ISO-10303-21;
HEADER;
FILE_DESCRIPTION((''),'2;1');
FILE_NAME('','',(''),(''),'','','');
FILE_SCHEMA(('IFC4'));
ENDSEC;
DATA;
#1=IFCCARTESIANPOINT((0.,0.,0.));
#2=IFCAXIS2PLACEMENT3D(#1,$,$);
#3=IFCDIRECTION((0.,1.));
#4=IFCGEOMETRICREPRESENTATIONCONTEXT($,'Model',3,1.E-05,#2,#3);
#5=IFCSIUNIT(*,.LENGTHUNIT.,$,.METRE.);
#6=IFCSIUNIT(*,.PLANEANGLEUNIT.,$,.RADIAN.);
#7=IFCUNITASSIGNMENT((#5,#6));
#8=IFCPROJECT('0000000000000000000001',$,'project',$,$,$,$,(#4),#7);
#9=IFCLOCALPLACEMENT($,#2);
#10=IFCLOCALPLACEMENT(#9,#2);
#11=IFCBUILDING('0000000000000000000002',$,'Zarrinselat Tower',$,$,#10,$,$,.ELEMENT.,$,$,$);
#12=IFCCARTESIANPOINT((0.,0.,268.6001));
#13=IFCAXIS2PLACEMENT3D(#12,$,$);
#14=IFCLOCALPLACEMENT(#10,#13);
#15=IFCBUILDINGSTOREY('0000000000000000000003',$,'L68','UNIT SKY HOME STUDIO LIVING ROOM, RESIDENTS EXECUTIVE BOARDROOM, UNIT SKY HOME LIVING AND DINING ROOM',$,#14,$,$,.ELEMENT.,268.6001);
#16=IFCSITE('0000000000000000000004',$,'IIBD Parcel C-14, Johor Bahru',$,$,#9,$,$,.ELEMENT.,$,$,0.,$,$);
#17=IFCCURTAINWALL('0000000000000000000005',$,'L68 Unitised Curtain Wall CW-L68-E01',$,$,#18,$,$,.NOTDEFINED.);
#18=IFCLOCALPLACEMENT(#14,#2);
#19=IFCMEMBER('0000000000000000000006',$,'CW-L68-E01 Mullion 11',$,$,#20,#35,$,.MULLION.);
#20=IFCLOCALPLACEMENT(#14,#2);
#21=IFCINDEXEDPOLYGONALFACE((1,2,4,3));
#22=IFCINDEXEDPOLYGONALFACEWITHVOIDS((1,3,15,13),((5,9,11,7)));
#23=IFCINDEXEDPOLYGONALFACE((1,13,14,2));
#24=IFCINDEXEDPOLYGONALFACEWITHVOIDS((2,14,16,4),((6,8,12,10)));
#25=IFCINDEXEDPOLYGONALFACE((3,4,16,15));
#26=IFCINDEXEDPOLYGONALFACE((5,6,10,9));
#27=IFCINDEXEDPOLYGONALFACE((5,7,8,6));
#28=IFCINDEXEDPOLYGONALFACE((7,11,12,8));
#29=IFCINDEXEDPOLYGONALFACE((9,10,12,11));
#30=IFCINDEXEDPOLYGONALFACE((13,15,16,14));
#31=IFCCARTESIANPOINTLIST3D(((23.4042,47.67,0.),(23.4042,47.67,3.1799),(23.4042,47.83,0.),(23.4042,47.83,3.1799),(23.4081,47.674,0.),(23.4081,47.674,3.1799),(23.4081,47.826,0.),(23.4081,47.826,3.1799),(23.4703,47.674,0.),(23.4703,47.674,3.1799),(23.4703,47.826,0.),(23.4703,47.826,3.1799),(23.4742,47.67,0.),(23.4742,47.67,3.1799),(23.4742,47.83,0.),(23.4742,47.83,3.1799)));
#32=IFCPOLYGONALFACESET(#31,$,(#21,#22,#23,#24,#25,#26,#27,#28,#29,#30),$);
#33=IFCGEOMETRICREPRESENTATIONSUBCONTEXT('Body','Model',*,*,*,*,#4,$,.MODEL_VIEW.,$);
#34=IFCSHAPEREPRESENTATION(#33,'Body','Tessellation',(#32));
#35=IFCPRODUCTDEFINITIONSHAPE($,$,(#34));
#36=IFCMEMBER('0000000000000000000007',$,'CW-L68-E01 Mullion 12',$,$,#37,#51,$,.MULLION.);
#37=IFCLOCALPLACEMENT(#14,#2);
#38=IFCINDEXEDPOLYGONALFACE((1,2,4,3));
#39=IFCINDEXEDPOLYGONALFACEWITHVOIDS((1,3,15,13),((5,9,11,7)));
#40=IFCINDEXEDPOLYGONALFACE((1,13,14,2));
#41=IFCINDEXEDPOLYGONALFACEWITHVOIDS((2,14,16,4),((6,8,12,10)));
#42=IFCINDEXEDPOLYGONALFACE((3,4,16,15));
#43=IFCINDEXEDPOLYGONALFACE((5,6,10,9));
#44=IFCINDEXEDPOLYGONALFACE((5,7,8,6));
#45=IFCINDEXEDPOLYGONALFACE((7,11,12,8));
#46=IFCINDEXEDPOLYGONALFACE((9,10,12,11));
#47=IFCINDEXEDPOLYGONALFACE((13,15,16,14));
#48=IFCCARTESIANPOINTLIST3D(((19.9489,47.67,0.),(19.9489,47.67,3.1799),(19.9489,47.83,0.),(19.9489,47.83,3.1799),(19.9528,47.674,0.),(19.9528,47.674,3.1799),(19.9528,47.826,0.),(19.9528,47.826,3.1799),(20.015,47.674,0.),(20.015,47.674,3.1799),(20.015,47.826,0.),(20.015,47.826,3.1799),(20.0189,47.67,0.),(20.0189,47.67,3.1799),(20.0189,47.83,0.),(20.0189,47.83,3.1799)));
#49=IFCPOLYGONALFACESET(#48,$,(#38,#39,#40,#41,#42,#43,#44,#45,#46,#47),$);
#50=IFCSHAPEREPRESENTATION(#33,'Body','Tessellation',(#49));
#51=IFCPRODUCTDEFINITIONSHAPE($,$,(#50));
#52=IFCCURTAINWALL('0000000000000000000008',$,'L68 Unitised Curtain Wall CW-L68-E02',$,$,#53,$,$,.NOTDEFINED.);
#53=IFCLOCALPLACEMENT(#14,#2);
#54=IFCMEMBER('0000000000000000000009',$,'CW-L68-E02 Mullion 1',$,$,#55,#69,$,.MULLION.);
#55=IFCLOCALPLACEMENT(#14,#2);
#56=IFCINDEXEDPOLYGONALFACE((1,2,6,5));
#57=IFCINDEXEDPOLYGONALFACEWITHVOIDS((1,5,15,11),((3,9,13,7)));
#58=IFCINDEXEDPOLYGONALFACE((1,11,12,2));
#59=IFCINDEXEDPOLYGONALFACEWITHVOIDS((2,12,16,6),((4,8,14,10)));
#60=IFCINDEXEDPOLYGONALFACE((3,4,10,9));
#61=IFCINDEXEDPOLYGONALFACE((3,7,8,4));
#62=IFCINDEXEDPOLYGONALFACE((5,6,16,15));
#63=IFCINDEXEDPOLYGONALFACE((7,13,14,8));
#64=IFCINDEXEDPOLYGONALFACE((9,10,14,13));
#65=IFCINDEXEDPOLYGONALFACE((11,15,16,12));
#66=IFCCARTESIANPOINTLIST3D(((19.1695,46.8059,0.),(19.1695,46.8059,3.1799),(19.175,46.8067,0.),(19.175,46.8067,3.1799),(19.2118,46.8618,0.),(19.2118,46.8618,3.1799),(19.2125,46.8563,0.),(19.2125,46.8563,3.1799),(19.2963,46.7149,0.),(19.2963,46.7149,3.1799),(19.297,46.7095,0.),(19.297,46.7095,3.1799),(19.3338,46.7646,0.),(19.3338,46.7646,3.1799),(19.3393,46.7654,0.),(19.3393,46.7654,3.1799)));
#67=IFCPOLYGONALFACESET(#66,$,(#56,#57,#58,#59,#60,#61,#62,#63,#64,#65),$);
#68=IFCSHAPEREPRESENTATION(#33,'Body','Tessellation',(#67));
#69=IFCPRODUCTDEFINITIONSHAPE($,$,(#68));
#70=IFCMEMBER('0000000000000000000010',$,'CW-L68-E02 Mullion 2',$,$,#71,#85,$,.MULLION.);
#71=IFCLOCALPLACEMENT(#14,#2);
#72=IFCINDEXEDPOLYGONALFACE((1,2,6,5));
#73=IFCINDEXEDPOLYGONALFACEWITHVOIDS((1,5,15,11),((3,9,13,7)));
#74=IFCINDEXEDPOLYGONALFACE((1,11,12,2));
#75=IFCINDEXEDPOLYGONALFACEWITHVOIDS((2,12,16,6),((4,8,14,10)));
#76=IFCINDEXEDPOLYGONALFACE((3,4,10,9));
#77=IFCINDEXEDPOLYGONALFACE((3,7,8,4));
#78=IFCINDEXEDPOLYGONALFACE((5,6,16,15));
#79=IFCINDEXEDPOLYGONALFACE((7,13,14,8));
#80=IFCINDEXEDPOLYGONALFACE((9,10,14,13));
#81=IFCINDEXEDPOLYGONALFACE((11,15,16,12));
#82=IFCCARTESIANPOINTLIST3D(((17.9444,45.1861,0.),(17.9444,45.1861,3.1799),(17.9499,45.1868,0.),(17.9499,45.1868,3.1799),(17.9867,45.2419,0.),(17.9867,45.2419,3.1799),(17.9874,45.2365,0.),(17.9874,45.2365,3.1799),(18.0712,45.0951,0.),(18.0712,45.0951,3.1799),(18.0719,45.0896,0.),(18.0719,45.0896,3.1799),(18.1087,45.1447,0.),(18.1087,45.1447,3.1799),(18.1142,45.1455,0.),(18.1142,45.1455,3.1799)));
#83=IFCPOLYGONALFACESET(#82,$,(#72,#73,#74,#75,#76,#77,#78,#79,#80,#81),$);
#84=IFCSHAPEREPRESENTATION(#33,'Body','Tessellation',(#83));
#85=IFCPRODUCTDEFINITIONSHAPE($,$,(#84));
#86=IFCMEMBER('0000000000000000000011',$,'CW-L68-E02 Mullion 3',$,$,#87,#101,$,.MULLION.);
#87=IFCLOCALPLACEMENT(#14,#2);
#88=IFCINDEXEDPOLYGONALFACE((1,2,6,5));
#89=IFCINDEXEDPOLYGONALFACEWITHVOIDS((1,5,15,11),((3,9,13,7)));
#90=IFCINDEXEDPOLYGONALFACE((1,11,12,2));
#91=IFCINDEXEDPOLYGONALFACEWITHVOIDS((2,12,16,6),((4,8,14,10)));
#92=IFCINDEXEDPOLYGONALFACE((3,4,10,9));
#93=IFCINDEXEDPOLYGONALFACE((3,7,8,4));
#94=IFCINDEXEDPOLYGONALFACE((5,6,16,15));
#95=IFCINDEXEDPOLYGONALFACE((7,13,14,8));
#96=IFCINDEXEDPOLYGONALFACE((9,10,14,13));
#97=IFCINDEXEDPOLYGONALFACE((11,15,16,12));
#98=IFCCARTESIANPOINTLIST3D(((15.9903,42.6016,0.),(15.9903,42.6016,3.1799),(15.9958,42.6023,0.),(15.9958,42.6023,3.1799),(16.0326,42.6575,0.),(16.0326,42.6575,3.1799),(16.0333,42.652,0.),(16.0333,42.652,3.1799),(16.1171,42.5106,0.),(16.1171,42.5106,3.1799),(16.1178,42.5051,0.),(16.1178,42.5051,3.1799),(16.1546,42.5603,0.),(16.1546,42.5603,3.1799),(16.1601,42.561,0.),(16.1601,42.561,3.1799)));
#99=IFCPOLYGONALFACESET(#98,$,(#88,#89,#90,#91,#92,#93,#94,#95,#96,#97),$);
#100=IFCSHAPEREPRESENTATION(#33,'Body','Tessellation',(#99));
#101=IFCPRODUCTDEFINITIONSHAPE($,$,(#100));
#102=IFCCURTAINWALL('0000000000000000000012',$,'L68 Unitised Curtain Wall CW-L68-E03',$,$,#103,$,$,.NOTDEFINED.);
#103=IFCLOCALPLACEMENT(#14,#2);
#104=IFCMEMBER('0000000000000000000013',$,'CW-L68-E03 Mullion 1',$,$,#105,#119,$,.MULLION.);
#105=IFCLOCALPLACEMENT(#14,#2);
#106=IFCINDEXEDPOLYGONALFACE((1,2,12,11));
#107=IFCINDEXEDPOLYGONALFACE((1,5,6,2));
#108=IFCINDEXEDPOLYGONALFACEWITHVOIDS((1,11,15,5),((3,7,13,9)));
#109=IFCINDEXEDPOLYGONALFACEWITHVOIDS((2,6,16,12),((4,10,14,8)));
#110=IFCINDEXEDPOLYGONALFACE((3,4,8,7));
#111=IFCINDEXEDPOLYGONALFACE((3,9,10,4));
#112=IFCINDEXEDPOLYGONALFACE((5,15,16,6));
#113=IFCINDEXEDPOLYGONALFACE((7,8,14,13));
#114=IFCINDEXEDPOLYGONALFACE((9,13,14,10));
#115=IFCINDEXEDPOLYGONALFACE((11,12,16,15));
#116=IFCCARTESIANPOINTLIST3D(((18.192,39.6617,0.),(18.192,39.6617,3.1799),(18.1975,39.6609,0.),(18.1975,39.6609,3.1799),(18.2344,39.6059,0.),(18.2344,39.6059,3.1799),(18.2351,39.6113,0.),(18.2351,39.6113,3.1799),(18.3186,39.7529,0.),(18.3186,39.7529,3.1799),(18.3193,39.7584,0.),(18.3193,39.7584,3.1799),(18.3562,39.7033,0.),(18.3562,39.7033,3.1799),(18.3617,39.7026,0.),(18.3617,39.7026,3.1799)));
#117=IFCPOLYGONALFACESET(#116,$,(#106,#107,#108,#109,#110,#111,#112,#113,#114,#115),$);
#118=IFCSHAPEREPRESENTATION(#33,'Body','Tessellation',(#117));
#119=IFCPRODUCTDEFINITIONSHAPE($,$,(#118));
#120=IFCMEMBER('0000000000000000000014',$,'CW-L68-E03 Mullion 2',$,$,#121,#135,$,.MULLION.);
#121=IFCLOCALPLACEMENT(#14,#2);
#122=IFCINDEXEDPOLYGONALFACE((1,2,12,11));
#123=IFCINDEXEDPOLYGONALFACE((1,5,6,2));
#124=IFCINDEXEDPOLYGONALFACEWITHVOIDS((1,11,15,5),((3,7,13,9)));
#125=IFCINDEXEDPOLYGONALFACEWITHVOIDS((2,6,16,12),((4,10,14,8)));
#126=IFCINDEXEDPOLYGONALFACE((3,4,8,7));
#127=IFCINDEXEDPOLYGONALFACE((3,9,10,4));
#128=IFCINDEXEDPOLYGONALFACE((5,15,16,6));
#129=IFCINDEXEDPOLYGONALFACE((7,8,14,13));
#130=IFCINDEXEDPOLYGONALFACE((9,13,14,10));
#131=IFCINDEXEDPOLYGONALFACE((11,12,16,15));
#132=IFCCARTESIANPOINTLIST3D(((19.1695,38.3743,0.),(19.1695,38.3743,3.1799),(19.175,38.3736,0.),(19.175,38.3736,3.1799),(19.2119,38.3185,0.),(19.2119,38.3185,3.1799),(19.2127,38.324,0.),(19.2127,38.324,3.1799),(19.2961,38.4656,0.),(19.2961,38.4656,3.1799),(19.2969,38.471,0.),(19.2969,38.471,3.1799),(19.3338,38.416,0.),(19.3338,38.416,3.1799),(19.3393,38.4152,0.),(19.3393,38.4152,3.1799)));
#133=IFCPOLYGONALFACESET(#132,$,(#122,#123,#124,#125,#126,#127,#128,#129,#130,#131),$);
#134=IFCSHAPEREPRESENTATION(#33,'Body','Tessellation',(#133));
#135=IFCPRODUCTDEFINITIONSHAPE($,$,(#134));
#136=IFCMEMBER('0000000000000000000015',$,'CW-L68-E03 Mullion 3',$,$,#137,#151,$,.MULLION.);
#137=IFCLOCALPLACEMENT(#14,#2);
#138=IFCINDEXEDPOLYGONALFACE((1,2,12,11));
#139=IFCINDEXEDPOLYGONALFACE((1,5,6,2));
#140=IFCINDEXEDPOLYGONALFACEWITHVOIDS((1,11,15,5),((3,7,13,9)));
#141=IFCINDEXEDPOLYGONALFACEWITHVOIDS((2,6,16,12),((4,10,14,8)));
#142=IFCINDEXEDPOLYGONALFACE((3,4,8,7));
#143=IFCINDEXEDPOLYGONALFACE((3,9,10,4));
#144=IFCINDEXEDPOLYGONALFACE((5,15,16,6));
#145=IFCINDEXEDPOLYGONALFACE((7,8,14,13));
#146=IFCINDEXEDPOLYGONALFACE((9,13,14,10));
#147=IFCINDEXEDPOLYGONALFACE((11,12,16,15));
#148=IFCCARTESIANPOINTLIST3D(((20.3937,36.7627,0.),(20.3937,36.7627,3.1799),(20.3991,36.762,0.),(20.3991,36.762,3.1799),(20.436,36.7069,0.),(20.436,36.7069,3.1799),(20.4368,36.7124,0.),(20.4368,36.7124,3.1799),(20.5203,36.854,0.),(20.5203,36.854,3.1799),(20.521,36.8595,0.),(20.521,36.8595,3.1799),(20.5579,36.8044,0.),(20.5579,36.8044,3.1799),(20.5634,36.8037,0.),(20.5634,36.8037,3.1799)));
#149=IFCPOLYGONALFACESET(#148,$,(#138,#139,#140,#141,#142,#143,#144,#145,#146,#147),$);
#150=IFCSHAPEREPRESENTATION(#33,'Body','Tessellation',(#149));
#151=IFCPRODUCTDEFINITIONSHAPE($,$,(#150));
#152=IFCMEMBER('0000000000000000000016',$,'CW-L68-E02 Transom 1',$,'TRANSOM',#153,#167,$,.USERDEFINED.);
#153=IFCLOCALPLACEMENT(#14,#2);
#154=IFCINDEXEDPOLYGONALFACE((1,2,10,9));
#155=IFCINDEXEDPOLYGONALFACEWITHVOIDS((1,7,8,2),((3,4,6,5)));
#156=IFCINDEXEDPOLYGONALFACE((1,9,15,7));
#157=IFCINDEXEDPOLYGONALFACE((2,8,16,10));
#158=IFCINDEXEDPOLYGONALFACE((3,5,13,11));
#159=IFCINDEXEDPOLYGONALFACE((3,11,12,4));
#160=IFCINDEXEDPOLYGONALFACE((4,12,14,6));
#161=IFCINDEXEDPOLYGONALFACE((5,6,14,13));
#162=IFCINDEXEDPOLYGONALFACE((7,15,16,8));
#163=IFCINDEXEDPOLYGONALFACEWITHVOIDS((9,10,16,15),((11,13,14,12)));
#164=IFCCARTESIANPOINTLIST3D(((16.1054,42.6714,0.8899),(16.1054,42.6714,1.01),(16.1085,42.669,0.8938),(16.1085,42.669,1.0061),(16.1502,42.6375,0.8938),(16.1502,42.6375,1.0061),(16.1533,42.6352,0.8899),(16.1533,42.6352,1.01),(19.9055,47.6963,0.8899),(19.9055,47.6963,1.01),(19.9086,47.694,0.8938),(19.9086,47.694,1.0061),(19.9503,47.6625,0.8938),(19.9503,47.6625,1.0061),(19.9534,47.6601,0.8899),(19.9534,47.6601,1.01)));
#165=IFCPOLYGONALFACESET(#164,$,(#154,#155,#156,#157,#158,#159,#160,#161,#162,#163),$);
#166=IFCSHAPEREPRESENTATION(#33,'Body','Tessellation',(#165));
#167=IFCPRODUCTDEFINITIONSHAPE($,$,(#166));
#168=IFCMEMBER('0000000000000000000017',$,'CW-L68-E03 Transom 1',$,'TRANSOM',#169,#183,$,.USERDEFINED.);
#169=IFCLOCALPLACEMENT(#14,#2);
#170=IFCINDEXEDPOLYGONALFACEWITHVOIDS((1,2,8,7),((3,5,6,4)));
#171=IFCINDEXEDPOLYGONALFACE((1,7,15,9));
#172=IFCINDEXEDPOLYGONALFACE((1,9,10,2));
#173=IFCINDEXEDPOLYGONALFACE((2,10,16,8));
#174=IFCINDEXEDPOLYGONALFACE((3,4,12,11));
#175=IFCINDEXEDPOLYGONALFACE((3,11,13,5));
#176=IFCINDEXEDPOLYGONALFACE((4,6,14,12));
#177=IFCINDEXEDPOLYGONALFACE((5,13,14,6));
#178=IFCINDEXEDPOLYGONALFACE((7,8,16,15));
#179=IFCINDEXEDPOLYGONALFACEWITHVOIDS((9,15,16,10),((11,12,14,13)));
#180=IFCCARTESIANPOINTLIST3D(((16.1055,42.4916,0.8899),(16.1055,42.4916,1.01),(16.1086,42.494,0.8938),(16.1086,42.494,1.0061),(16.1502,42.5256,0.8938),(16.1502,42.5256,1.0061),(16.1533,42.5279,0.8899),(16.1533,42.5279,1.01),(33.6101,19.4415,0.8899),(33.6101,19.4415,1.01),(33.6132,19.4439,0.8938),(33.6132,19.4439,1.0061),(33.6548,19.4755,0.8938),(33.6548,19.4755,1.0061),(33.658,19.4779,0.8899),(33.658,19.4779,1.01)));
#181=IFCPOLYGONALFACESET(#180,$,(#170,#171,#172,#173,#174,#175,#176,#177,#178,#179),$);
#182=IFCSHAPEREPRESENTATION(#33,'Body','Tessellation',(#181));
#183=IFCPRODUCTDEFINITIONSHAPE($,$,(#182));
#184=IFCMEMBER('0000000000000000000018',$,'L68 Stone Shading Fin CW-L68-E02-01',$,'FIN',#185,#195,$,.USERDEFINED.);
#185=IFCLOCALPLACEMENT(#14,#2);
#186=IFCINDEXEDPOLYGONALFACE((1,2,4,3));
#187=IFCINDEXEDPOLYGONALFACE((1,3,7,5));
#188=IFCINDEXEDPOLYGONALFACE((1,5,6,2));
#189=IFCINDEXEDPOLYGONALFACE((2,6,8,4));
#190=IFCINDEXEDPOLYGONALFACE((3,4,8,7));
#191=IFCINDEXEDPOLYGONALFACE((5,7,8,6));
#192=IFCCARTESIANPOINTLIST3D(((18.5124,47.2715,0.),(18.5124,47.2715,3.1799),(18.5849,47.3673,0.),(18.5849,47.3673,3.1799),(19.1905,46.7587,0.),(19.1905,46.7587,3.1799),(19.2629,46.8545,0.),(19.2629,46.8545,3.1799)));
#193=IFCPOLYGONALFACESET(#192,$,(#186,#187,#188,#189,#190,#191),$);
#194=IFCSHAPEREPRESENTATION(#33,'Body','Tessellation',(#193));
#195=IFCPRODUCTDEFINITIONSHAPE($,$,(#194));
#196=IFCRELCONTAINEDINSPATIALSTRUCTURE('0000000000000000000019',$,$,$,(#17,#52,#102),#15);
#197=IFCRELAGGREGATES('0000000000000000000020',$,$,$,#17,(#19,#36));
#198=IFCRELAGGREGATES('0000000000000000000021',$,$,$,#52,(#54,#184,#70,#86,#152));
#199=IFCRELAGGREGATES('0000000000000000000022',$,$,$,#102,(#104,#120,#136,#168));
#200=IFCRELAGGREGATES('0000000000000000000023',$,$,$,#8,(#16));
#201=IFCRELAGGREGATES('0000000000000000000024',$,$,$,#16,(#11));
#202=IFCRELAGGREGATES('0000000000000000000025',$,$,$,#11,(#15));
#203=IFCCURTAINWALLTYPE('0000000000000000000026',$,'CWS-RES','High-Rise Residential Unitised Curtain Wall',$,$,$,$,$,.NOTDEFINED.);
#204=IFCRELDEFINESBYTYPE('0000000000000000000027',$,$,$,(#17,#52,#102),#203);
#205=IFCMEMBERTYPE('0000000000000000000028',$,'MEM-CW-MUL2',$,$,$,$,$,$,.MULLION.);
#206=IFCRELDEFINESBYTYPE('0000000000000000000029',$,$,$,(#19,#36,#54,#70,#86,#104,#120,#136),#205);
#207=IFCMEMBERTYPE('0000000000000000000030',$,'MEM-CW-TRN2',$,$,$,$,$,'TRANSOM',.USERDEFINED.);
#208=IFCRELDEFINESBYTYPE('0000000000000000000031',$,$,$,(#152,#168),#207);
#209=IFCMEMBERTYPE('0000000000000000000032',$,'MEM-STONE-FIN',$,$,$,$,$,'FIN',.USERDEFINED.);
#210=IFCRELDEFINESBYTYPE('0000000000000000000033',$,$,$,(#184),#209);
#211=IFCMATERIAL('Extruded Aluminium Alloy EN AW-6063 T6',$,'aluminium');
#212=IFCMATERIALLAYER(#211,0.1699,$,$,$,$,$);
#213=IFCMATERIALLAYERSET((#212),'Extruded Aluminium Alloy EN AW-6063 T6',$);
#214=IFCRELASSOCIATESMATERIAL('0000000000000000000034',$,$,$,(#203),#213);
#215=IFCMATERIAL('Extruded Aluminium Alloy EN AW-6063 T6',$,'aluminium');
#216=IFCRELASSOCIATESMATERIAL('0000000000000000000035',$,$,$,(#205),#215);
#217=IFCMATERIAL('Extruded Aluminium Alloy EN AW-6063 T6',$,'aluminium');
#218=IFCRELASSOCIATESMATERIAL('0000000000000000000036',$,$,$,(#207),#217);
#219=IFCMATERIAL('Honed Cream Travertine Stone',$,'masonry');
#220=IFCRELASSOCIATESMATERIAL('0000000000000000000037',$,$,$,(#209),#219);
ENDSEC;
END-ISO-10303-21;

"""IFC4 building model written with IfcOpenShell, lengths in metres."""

from ifc_helpers import new_model, si_unit, direction, frame, origin, origin_2d, place, context, subcontext, project, spatial, rectangle, hollow_rectangle, extrude, material, layer, layer_set, material_profile, profile_set, type_object, element, aggregate, save


model = new_model("IFC4")

# Units and contexts
model_context = context("Model", 3, precision=1e-05, world=origin(), true_north=direction((0.0, 1.0)))
body_context = subcontext(model_context, "Body", "Model", "MODEL_VIEW")
ifc_project = project(units=[si_unit("LENGTHUNIT", "METRE"), si_unit("PLANEANGLEUNIT", "RADIAN")], contexts=[model_context])

# Site, building, storey
site_placement = place(None, origin())
site = spatial("IfcSite", under=ifc_project, at=site_placement, Name="IIBD Parcel C-14, Johor Bahru", CompositionType="ELEMENT", RefElevation=0.0)
building_placement = place(site_placement, origin())
building = spatial("IfcBuilding", under=site, at=building_placement, Name="Zarrinselat Tower", CompositionType="ELEMENT")
storey_placement = place(building_placement, frame((0.0, 0.0, 268.6001)))
storey = spatial("IfcBuildingStorey", under=building, at=storey_placement, Name="L68", Description="UNIT SKY HOME STUDIO LIVING ROOM, RESIDENTS EXECUTIVE BOARDROOM, UNIT SKY HOME LIVING AND DINING ROOM", CompositionType="ELEMENT", Elevation=268.6001)

# Curtain walls, members
ifc_material_1 = material(Name="Extruded Aluminium Alloy EN AW-6063 T6", Category="aluminium")
ifc_layer_1 = layer(ifc_material_1, 0.1699)
ifc_layer_set_1 = layer_set([ifc_layer_1], Name="Extruded Aluminium Alloy EN AW-6063 T6")
curtain_wall_type = type_object("IfcCurtainWallType", Name="CWS-RES", Description="High-Rise Residential Unitised Curtain Wall", PredefinedType="NOTDEFINED", material=ifc_layer_set_1)
curtain_wall_1_placement = place(storey_placement, origin())
curtain_wall_1 = element("IfcCurtainWall", 1, at=curtain_wall_1_placement, inside=storey, type_object=curtain_wall_type, Name="L68 Unitised Curtain Wall CW-L68-E01", PredefinedType="NOTDEFINED")
ifc_material_2 = material(Name="Extruded Aluminium Alloy EN AW-6063 T6", Category="aluminium")
ifc_material_profile_1 = material_profile(ifc_material_2, hollow_rectangle(XDim=0.0701, YDim=0.1599, WallThickness=0.0039, at=origin_2d()), Name="RHS 160x70x4")
ifc_profile_set_1 = profile_set([ifc_material_profile_1], Name="Extruded Aluminium Alloy EN AW-6063 T6")
member_type_1 = type_object("IfcMemberType", Name="MEM-CW-MUL2", PredefinedType="MULLION", material=ifc_profile_set_1)
member_1_placement = place(storey_placement, frame((23.4392, 47.75, 0.0), z_axis=(0.0, 0.0, 1.0), x_axis=(-1.0, 0.0, 0.0)))
member_1 = element("IfcMember", 2, at=member_1_placement, type_object=member_type_1, Name="CW-L68-E01 Mullion 11", PredefinedType="MULLION", context=body_context, shape_type="SweptSolid", body=[
    extrude(hollow_rectangle(XDim=0.0701, YDim=0.1599, WallThickness=0.0039, at=origin_2d()), origin(), (0.0, 0.0, 1.0), 3.1799),
])
member_2_placement = place(storey_placement, frame((19.9839, 47.75, 0.0), z_axis=(0.0, 0.0, 1.0), x_axis=(-1.0, 0.0, 0.0)))
member_2 = element("IfcMember", 3, at=member_2_placement, type_object=member_type_1, Name="CW-L68-E01 Mullion 12", PredefinedType="MULLION", context=body_context, shape_type="SweptSolid", body=[
    extrude(hollow_rectangle(XDim=0.0701, YDim=0.1599, WallThickness=0.0039, at=origin_2d()), origin(), (0.0, 0.0, 1.0), 3.1799),
])
curtain_wall_2_placement = place(storey_placement, origin())
curtain_wall_2 = element("IfcCurtainWall", 4, at=curtain_wall_2_placement, inside=storey, type_object=curtain_wall_type, Name="L68 Unitised Curtain Wall CW-L68-E02", PredefinedType="NOTDEFINED")
member_3_placement = place(storey_placement, frame((19.2544, 46.7856, 0.0), z_axis=(0.0, 0.0, 1.0), x_axis=(-0.60318, -0.797605, 0.0)))
member_3 = element("IfcMember", 5, at=member_3_placement, type_object=member_type_1, Name="CW-L68-E02 Mullion 1", PredefinedType="MULLION", context=body_context, shape_type="SweptSolid", body=[
    extrude(hollow_rectangle(XDim=0.0701, YDim=0.1599, WallThickness=0.0039, at=origin_2d()), origin(), (0.0, 0.0, 1.0), 3.1799),
])
member_4_placement = place(storey_placement, frame((18.0293, 45.1658, 0.0), z_axis=(0.0, 0.0, 1.0), x_axis=(-0.60318, -0.797605, 0.0)))
member_4 = element("IfcMember", 6, at=member_4_placement, type_object=member_type_1, Name="CW-L68-E02 Mullion 2", PredefinedType="MULLION", context=body_context, shape_type="SweptSolid", body=[
    extrude(hollow_rectangle(XDim=0.0701, YDim=0.1599, WallThickness=0.0039, at=origin_2d()), origin(), (0.0, 0.0, 1.0), 3.1799),
])
member_5_placement = place(storey_placement, frame((16.0752, 42.5813, 0.0), z_axis=(0.0, 0.0, 1.0), x_axis=(-0.60318, -0.797605, 0.0)))
member_5 = element("IfcMember", 7, at=member_5_placement, type_object=member_type_1, Name="CW-L68-E02 Mullion 3", PredefinedType="MULLION", context=body_context, shape_type="SweptSolid", body=[
    extrude(hollow_rectangle(XDim=0.0701, YDim=0.1599, WallThickness=0.0039, at=origin_2d()), origin(), (0.0, 0.0, 1.0), 3.1799),
])
curtain_wall_3_placement = place(storey_placement, origin())
curtain_wall_3 = element("IfcCurtainWall", 8, at=curtain_wall_3_placement, inside=storey, type_object=curtain_wall_type, Name="L68 Unitised Curtain Wall CW-L68-E03", PredefinedType="NOTDEFINED")
member_6_placement = place(storey_placement, frame((18.2769, 39.6821, 0.0), z_axis=(0.0, 0.0, 1.0), x_axis=(0.604788, -0.796387, 0.0)))
member_6 = element("IfcMember", 9, at=member_6_placement, type_object=member_type_1, Name="CW-L68-E03 Mullion 1", PredefinedType="MULLION", context=body_context, shape_type="SweptSolid", body=[
    extrude(hollow_rectangle(XDim=0.0701, YDim=0.1599, WallThickness=0.0039, at=origin_2d()), origin(), (0.0, 0.0, 1.0), 3.1799),
])
member_7_placement = place(storey_placement, frame((19.2544, 38.3948, 0.0), z_axis=(0.0, 0.0, 1.0), x_axis=(0.604788, -0.796387, 0.0)))
member_7 = element("IfcMember", 10, at=member_7_placement, type_object=member_type_1, Name="CW-L68-E03 Mullion 2", PredefinedType="MULLION", context=body_context, shape_type="SweptSolid", body=[
    extrude(hollow_rectangle(XDim=0.0701, YDim=0.1599, WallThickness=0.0039, at=origin_2d()), origin(), (0.0, 0.0, 1.0), 3.1799),
])
member_8_placement = place(storey_placement, frame((20.4785, 36.7832, 0.0), z_axis=(0.0, 0.0, 1.0), x_axis=(0.604788, -0.796387, 0.0)))
member_8 = element("IfcMember", 11, at=member_8_placement, type_object=member_type_1, Name="CW-L68-E03 Mullion 3", PredefinedType="MULLION", context=body_context, shape_type="SweptSolid", body=[
    extrude(hollow_rectangle(XDim=0.0701, YDim=0.1599, WallThickness=0.0039, at=origin_2d()), origin(), (0.0, 0.0, 1.0), 3.1799),
])

# Members
ifc_material_3 = material(Name="Extruded Aluminium Alloy EN AW-6063 T6", Category="aluminium")
ifc_material_profile_2 = material_profile(ifc_material_3, hollow_rectangle(XDim=0.0601, YDim=0.1201, WallThickness=0.0039, at=origin_2d()), Name="RHS 120x60x4")
ifc_profile_set_2 = profile_set([ifc_material_profile_2], Name="Extruded Aluminium Alloy EN AW-6063 T6")
member_type_2 = type_object("IfcMemberType", Name="MEM-CW-TRN2", ElementType="TRANSOM", PredefinedType="USERDEFINED", material=ifc_profile_set_2)
member_9_placement = place(storey_placement, frame((19.9294, 47.6782, 0.95), z_axis=(-0.603182, -0.797603, 0.0), x_axis=(0.797603, -0.603182, 0.0)))
member_9 = element("IfcMember", 12, at=member_9_placement, type_object=member_type_2, Name="CW-L68-E02 Transom 1", ObjectType="TRANSOM", PredefinedType="USERDEFINED", context=body_context, shape_type="SweptSolid", body=[
    extrude(hollow_rectangle(XDim=0.0601, YDim=0.1201, WallThickness=0.0039, at=origin_2d()), origin(), (0.0, 0.0, 1.0), 6.3),
])
member_10_placement = place(storey_placement, frame((16.1294, 42.5098, 0.95), z_axis=(0.60479, -0.796385, 0.0), x_axis=(0.796385, 0.60479, 0.0)))
member_10 = element("IfcMember", 13, at=member_10_placement, type_object=member_type_2, Name="CW-L68-E03 Transom 1", ObjectType="TRANSOM", PredefinedType="USERDEFINED", context=body_context, shape_type="SweptSolid", body=[
    extrude(hollow_rectangle(XDim=0.0601, YDim=0.1201, WallThickness=0.0039, at=origin_2d()), origin(), (0.0, 0.0, 1.0), 28.9434),
])
ifc_material_4 = material(Name="Honed Cream Travertine Stone", Category="masonry")
ifc_material_profile_3 = material_profile(ifc_material_4, rectangle(XDim=0.1201, YDim=0.8501, at=origin_2d()), Name="FIN 850x120")
ifc_profile_set_3 = profile_set([ifc_material_profile_3], Name="Honed Cream Travertine Stone")
member_type_3 = type_object("IfcMemberType", Name="MEM-STONE-FIN", ElementType="FIN", PredefinedType="USERDEFINED", material=ifc_profile_set_3)
member_11_placement = place(storey_placement, frame((18.8877, 47.063, 0.0), z_axis=(0.0, 0.0, 1.0), x_axis=(0.60318, 0.797605, 0.0)))
member_11 = element("IfcMember", 14, at=member_11_placement, type_object=member_type_3, Name="L68 Stone Shading Fin CW-L68-E02-01", ObjectType="FIN", PredefinedType="USERDEFINED", context=body_context, shape_type="SweptSolid", body=[
    extrude(rectangle(XDim=0.1201, YDim=0.8501, at=origin_2d()), origin(), (0.0, 0.0, 1.0), 3.1799),
])

aggregate(curtain_wall_1, [member_1, member_2])
aggregate(curtain_wall_2, [member_3, member_11, member_4, member_5, member_9])
aggregate(curtain_wall_3, [member_6, member_7, member_8, member_10])

save(model, "model.ifc")
